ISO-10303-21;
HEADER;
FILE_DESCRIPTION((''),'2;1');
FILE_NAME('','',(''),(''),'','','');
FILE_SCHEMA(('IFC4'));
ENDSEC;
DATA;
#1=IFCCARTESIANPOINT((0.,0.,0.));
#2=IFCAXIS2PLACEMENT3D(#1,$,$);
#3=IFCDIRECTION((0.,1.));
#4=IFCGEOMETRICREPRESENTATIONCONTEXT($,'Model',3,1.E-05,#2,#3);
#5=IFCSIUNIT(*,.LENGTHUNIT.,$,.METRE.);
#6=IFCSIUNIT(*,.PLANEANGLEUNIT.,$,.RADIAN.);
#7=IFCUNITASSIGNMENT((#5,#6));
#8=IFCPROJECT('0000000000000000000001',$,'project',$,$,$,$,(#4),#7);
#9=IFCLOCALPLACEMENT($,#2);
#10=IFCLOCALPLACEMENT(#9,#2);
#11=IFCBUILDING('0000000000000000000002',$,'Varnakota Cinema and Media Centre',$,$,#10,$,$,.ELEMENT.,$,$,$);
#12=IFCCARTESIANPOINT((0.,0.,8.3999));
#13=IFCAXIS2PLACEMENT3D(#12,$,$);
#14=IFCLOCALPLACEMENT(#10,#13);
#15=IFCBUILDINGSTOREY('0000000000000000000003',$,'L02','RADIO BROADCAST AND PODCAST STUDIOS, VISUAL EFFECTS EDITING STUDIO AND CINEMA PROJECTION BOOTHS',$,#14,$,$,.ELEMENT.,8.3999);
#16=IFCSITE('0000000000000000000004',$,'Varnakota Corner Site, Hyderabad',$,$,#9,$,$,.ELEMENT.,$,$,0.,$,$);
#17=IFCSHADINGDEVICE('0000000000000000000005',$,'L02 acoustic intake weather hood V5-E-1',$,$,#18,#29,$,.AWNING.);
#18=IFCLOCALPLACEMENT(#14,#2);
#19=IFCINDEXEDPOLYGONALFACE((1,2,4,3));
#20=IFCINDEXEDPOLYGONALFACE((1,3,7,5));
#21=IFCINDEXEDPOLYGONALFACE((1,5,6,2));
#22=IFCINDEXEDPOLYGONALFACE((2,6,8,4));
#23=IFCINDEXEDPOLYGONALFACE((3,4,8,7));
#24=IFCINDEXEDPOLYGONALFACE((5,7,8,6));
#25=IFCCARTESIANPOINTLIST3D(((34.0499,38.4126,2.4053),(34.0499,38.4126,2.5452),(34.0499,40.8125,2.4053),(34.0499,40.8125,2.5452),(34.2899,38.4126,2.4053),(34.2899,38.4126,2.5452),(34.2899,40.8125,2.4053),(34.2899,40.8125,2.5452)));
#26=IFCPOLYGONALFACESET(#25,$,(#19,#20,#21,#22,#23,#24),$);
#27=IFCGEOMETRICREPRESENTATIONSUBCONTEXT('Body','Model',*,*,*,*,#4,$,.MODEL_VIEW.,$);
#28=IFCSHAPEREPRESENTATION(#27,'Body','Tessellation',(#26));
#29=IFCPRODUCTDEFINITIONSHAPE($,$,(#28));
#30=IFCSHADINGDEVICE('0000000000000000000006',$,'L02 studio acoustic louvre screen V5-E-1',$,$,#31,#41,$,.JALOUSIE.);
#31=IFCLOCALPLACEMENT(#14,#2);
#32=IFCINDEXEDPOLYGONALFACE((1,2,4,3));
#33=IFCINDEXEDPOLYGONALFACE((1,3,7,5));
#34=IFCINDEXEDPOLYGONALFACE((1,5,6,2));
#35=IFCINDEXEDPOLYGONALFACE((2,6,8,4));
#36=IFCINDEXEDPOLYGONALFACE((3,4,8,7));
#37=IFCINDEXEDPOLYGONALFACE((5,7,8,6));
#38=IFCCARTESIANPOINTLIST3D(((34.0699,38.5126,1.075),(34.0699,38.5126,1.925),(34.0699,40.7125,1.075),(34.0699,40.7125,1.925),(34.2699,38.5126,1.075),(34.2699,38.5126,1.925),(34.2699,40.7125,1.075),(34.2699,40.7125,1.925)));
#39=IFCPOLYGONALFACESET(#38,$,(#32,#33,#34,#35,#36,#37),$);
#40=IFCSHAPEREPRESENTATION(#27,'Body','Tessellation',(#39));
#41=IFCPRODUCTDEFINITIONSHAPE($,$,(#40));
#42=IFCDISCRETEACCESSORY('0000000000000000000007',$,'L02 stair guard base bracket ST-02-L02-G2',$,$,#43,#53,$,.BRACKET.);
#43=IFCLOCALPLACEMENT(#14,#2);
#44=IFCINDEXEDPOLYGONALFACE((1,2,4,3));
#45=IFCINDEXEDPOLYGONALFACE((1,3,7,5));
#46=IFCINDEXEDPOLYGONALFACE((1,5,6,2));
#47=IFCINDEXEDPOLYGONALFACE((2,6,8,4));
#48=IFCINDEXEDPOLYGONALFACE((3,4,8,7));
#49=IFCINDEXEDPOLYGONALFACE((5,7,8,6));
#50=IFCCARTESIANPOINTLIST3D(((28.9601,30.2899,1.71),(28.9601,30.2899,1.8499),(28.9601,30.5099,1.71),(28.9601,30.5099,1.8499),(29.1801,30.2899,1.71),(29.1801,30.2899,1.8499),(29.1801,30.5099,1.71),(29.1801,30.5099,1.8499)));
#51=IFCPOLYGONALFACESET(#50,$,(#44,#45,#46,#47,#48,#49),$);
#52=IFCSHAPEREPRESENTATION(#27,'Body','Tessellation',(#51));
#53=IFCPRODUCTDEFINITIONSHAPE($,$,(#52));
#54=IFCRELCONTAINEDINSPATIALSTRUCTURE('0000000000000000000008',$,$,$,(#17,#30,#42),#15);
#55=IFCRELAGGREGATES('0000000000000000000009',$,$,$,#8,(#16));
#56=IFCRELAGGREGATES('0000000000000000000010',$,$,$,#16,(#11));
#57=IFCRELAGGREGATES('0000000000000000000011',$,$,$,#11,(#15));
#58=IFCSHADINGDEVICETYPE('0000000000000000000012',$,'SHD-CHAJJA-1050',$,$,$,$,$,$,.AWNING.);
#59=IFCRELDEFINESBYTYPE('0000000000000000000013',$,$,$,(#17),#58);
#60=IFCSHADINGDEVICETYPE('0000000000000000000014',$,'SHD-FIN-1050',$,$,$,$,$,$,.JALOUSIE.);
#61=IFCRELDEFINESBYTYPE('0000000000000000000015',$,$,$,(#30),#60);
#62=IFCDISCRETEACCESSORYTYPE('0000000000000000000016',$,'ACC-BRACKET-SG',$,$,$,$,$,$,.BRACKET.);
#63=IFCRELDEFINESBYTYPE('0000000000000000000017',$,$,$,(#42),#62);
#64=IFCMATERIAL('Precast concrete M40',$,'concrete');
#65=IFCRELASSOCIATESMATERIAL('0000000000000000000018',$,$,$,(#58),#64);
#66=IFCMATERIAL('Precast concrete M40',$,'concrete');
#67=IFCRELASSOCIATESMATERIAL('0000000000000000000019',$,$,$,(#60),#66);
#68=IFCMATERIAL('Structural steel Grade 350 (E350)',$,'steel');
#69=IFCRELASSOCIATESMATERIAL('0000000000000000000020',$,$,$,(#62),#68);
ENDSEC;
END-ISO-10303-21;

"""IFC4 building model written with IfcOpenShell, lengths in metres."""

from ifc_helpers import new_model, si_unit, direction, frame, origin, origin_2d, place, context, subcontext, project, spatial, rectangle, extrude, material, type_object, element, save


model = new_model("IFC4")

# Units and contexts
model_context = context("Model", 3, precision=1e-05, world=origin(), true_north=direction((0.0, 1.0)))
body_context = subcontext(model_context, "Body", "Model", "MODEL_VIEW")
ifc_project = project(units=[si_unit("LENGTHUNIT", "METRE"), si_unit("PLANEANGLEUNIT", "RADIAN")], contexts=[model_context])

# Site, building, storey
site_placement = place(None, origin())
site = spatial("IfcSite", under=ifc_project, at=site_placement, Name="Varnakota Corner Site, Hyderabad", CompositionType="ELEMENT", RefElevation=0.0)
building_placement = place(site_placement, origin())
building = spatial("IfcBuilding", under=site, at=building_placement, Name="Varnakota Cinema and Media Centre", CompositionType="ELEMENT")
storey_placement = place(building_placement, frame((0.0, 0.0, 8.3999)))
storey = spatial("IfcBuildingStorey", under=building, at=storey_placement, Name="L02", Description="RADIO BROADCAST AND PODCAST STUDIOS, VISUAL EFFECTS EDITING STUDIO AND CINEMA PROJECTION BOOTHS", CompositionType="ELEMENT", Elevation=8.3999)

# Shading devices
ifc_material_1 = material(Name="Precast concrete M40", Category="concrete")
shading_device_type_1 = type_object("IfcShadingDeviceType", Name="SHD-CHAJJA-1050", PredefinedType="AWNING", material=ifc_material_1)
shading_device_1_placement = place(storey_placement, frame((34.1699, 39.6125, 2.4053), z_axis=(0.0, 0.0, 1.0), x_axis=(0.0, 1.0, 0.0)))
element("IfcShadingDevice", 1, at=shading_device_1_placement, inside=storey, type_object=shading_device_type_1, Name="L02 acoustic intake weather hood V5-E-1", PredefinedType="AWNING", context=body_context, shape_type="SweptSolid", body=[
    extrude(rectangle(XDim=2.3999, YDim=0.24, at=origin_2d()), origin(), (0.0, 0.0, 1.0), 0.1399),
])
ifc_material_2 = material(Name="Precast concrete M40", Category="concrete")
shading_device_type_2 = type_object("IfcShadingDeviceType", Name="SHD-FIN-1050", PredefinedType="JALOUSIE", material=ifc_material_2)
shading_device_2_placement = place(storey_placement, frame((34.1699, 39.6125, 1.075), z_axis=(0.0, 0.0, 1.0), x_axis=(0.0, 1.0, 0.0)))
element("IfcShadingDevice", 2, at=shading_device_2_placement, inside=storey, type_object=shading_device_type_2, Name="L02 studio acoustic louvre screen V5-E-1", PredefinedType="JALOUSIE", context=body_context, shape_type="SweptSolid", body=[
    extrude(rectangle(XDim=2.2, YDim=0.2, at=origin_2d()), origin(), (0.0, 0.0, 1.0), 0.8501),
])

# Discrete accessory
ifc_material_3 = material(Name="Structural steel Grade 350 (E350)", Category="steel")
discrete_accessory_type = type_object("IfcDiscreteAccessoryType", Name="ACC-BRACKET-SG", PredefinedType="BRACKET", material=ifc_material_3)
discrete_accessory_placement = place(storey_placement, frame((29.0701, 30.3999, 1.71), z_axis=(0.0, 0.0, 1.0), x_axis=(1.0, 0.0, 0.0)))
element("IfcDiscreteAccessory", 3, at=discrete_accessory_placement, inside=storey, type_object=discrete_accessory_type, Name="L02 stair guard base bracket ST-02-L02-G2", PredefinedType="BRACKET", context=body_context, shape_type="SweptSolid", body=[
    extrude(rectangle(XDim=0.22, YDim=0.22, at=origin_2d()), origin(), (0.0, 0.0, 1.0), 0.1399),
])

save(model, "model.ifc")
